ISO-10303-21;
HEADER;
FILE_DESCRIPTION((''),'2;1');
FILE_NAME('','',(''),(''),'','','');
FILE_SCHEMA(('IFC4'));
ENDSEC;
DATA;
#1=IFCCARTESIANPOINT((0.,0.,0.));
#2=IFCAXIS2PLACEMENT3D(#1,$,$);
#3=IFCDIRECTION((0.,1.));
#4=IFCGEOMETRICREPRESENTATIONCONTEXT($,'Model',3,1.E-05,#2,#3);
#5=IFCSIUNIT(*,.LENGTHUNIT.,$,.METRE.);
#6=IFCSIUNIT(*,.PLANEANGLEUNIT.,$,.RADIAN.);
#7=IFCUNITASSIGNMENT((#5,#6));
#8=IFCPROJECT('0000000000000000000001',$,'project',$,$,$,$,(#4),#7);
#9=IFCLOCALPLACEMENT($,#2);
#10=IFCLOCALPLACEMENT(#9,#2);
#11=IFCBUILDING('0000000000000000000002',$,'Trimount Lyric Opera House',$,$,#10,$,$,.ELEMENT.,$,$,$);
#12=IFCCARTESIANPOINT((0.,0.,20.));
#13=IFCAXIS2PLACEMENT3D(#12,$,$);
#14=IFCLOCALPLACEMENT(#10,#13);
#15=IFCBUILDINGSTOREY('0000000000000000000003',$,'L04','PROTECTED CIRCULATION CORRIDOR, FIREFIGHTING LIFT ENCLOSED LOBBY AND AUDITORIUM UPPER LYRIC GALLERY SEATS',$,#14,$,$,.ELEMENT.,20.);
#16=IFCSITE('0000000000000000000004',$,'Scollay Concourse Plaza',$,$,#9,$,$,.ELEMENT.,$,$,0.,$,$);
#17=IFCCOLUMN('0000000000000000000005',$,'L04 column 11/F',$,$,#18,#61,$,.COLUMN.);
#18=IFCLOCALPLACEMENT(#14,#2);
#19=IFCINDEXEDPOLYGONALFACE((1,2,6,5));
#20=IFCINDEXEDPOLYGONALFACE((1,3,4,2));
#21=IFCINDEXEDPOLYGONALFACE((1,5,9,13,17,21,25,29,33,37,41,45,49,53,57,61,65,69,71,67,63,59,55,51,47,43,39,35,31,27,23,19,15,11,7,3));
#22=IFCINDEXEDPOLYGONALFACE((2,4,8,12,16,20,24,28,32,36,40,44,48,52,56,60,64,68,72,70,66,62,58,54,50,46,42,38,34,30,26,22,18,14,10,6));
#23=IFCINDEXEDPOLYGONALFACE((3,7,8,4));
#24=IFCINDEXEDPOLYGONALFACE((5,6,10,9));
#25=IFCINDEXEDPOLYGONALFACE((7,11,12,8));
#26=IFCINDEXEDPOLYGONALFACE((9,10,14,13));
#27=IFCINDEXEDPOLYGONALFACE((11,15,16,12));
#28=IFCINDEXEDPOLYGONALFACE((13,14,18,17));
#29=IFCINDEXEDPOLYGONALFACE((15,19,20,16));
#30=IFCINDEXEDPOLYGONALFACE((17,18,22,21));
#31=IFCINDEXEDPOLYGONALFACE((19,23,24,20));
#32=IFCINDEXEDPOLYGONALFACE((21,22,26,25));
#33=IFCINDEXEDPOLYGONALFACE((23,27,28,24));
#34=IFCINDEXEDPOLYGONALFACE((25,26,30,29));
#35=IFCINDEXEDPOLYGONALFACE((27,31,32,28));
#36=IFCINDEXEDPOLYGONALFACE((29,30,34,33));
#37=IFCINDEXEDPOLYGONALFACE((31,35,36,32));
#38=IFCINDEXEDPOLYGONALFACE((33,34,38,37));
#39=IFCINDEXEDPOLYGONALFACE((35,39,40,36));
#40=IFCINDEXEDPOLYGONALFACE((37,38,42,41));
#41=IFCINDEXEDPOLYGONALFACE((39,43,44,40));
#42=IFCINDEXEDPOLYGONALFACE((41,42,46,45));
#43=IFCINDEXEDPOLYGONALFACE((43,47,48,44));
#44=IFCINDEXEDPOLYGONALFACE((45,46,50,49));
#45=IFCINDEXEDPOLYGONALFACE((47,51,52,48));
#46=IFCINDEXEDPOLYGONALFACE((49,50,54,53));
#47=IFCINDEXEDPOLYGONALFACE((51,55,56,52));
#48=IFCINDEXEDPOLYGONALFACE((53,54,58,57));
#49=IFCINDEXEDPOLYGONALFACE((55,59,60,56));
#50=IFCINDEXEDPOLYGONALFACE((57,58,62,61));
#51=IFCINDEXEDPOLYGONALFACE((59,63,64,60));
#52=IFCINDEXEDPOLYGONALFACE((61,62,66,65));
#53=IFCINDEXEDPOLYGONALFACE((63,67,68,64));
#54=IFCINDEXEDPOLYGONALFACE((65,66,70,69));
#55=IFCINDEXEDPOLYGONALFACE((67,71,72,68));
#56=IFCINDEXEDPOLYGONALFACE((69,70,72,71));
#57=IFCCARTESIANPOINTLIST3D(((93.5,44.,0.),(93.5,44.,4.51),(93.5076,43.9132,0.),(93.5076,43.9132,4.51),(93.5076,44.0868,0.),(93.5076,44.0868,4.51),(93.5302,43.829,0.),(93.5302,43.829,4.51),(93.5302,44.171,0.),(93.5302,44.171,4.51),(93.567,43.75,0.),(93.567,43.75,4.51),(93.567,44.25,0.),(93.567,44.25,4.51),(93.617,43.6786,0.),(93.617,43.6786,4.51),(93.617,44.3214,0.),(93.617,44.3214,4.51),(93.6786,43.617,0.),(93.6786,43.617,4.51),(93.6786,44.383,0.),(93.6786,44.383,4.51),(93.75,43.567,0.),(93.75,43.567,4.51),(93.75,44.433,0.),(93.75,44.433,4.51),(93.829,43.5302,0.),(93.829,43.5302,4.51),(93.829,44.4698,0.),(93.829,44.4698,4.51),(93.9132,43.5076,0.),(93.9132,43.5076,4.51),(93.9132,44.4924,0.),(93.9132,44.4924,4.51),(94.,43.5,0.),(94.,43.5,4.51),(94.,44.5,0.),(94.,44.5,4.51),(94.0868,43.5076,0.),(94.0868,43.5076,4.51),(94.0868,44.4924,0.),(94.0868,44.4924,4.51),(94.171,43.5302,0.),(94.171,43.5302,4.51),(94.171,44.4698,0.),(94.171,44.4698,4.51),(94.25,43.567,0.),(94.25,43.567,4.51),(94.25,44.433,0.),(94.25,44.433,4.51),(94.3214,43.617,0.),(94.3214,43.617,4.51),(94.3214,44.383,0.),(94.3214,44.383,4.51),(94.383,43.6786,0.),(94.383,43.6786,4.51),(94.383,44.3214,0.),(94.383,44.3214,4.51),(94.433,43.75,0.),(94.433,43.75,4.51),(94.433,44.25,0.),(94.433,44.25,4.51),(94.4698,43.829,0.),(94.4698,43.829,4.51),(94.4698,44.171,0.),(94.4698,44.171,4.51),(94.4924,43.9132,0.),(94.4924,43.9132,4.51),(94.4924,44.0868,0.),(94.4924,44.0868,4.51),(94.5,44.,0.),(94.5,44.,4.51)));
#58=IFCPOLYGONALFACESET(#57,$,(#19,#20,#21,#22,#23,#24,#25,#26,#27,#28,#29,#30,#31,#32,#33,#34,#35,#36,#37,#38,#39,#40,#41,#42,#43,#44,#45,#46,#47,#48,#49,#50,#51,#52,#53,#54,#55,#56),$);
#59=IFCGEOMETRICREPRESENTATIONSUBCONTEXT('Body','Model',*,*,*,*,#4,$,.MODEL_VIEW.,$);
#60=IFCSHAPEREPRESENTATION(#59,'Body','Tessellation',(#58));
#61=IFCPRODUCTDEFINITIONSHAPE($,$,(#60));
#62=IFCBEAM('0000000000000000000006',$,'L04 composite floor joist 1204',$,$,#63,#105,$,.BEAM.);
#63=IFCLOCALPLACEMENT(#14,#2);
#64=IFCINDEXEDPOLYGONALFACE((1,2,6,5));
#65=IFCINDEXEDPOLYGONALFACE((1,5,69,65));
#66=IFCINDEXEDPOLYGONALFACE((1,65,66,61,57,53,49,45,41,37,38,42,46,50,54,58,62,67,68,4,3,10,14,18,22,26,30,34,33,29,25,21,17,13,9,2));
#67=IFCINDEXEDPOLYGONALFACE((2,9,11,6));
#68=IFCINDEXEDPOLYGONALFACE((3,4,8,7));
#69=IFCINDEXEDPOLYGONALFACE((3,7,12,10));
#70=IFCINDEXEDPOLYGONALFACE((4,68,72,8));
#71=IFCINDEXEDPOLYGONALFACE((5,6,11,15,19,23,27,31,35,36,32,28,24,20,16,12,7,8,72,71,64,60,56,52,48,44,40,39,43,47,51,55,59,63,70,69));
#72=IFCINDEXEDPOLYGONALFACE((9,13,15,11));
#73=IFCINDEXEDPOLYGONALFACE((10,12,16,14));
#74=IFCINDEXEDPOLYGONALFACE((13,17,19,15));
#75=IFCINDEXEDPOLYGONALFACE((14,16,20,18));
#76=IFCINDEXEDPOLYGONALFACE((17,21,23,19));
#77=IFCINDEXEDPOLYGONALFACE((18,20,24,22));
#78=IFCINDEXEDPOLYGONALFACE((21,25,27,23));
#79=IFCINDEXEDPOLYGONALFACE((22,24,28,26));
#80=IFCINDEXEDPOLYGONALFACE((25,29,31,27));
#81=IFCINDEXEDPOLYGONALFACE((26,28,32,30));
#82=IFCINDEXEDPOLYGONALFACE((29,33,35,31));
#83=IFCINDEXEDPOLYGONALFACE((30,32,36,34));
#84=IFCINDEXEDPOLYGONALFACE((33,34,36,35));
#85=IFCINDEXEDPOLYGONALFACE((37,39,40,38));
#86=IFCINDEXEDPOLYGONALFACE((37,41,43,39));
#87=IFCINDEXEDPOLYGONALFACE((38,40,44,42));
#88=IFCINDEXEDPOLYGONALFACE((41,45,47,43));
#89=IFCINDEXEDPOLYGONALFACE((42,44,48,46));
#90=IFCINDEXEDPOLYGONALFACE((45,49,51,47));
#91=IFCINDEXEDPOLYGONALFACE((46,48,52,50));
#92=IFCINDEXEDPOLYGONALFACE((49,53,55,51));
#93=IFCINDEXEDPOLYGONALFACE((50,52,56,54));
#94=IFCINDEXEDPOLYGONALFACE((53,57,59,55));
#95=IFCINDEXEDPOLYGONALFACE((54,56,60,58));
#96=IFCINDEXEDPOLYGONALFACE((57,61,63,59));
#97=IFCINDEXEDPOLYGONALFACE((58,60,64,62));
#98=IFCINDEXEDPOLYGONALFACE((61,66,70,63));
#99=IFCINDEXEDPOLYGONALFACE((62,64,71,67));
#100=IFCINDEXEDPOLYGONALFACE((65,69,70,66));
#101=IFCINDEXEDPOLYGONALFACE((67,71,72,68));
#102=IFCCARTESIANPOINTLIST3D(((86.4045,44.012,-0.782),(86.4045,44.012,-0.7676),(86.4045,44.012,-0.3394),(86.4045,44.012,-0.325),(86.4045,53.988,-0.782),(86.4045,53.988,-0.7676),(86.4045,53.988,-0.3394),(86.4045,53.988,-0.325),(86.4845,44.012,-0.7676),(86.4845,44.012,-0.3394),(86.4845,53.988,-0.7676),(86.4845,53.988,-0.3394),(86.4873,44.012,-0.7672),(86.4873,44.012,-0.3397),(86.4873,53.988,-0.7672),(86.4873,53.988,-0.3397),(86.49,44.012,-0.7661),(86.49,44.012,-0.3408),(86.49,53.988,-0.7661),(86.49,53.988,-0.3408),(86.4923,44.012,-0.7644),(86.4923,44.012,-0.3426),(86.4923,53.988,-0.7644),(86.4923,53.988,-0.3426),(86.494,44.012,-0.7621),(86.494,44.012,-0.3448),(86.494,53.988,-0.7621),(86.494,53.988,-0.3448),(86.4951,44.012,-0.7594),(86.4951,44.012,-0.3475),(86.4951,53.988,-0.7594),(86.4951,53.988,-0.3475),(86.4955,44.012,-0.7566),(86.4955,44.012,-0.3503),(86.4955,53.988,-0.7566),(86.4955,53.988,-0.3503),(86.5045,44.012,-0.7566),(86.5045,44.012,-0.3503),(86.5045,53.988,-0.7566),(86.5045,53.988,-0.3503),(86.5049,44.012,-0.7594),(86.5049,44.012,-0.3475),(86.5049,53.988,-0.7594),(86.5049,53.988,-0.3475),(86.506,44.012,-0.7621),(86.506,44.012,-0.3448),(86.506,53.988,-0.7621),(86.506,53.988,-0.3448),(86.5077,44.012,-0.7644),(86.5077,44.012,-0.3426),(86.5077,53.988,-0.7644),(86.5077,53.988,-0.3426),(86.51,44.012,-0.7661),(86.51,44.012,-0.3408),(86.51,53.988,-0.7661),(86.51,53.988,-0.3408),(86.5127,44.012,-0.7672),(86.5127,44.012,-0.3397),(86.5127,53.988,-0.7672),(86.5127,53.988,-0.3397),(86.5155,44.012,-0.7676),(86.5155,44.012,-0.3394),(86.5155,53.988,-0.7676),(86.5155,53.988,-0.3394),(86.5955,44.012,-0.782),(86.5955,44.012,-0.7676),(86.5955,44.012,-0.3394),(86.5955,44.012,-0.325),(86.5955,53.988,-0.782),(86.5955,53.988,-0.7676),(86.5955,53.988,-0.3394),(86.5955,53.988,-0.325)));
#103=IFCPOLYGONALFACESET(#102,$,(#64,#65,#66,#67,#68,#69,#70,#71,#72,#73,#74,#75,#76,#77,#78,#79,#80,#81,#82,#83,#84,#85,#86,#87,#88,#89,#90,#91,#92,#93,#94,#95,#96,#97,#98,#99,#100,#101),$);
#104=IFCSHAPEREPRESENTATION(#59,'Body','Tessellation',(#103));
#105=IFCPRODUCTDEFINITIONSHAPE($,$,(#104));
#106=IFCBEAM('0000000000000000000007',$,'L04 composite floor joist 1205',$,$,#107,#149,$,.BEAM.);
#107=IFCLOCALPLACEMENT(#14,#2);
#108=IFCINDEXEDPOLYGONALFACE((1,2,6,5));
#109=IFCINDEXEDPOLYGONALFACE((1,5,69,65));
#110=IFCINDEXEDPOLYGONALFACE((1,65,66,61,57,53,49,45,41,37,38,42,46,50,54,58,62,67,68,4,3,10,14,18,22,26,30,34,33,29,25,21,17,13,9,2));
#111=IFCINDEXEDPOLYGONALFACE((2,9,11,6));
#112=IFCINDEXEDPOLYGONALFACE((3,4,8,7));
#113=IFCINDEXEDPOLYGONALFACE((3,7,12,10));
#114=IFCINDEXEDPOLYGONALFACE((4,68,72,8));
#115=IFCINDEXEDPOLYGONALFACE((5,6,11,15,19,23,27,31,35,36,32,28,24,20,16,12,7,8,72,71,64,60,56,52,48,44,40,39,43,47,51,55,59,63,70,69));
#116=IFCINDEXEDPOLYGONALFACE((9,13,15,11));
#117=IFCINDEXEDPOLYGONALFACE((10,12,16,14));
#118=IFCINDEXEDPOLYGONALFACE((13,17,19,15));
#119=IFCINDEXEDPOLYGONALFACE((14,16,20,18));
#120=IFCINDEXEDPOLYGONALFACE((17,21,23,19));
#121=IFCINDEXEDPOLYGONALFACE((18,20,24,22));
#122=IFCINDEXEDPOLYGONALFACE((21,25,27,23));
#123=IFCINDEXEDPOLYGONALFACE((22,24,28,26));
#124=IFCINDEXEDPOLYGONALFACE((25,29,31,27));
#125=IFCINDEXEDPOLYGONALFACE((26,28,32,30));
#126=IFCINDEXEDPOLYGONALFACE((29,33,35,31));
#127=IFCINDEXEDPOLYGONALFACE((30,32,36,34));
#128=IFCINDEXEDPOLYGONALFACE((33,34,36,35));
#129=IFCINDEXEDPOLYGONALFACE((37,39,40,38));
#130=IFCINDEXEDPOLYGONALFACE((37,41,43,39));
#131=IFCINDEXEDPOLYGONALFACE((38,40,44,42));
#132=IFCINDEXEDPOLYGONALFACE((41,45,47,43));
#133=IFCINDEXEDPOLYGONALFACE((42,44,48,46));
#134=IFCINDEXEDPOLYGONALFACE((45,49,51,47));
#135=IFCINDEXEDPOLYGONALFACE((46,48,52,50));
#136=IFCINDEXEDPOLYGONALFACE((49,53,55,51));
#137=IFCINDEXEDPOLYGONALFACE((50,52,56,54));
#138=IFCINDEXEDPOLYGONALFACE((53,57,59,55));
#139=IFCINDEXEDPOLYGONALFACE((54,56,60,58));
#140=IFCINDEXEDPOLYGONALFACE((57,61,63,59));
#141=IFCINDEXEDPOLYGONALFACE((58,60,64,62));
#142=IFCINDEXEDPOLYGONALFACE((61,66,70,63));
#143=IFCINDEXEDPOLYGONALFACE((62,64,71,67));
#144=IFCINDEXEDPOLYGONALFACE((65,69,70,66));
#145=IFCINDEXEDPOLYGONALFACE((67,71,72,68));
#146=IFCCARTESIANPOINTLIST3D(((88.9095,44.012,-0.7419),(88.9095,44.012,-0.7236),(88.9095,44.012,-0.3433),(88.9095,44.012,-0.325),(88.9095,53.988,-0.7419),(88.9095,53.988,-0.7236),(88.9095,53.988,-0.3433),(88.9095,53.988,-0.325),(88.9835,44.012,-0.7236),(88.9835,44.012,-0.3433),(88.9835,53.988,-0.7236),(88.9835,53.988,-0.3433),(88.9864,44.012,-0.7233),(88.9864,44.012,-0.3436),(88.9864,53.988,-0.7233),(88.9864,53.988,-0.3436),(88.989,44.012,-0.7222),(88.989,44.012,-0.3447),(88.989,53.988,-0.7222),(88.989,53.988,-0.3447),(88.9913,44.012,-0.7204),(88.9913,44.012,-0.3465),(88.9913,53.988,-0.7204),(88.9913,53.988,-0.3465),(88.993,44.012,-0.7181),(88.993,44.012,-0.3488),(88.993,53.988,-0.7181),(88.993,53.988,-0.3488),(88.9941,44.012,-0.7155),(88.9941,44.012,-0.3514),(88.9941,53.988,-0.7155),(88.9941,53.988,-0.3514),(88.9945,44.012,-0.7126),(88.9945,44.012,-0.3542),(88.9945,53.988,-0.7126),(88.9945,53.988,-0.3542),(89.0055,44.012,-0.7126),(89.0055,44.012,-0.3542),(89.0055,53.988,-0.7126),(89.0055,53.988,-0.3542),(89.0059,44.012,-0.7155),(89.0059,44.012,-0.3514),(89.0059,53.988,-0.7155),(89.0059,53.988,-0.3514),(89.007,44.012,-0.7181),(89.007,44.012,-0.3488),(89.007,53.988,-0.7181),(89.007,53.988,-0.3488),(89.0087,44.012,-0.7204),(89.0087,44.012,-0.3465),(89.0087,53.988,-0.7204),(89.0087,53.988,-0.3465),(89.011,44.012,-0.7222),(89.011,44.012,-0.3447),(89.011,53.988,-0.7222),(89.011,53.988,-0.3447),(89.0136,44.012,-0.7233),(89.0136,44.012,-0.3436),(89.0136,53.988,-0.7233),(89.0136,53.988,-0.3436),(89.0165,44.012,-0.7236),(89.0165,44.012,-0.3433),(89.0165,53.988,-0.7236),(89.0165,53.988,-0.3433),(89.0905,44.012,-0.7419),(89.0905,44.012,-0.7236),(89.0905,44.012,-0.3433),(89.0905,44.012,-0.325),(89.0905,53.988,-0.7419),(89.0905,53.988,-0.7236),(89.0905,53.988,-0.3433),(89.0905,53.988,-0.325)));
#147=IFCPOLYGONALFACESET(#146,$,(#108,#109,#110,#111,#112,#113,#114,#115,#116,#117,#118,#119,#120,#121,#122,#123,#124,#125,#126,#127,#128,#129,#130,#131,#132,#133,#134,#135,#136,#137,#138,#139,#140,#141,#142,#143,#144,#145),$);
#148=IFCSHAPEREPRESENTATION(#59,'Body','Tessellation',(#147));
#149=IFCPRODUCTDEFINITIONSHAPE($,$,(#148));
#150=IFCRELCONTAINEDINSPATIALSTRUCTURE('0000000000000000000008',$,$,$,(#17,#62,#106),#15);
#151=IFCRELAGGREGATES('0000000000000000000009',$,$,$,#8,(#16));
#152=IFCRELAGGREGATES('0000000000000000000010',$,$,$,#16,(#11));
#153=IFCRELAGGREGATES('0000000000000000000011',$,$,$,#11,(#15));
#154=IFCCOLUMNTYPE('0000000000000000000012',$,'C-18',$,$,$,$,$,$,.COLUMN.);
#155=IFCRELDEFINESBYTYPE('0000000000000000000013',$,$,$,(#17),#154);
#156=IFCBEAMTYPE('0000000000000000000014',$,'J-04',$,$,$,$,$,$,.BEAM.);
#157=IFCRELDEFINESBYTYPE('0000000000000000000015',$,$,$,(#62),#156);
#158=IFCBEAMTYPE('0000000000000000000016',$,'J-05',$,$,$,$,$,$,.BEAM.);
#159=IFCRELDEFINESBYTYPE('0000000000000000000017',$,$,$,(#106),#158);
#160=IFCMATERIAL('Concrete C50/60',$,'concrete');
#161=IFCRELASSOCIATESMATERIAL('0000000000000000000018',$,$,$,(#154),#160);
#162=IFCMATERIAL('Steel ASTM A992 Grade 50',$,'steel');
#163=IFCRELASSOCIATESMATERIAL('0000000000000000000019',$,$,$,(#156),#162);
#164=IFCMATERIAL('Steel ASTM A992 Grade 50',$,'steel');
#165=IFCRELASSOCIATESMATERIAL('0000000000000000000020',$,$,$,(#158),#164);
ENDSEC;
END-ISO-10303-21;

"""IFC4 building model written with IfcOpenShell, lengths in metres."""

from ifc_helpers import new_model, si_unit, direction, frame, origin, origin_2d, place, context, subcontext, project, spatial, circle, i_section, extrude, material, material_profile, profile_set, type_object, element, save


model = new_model("IFC4")

# Units and contexts
model_context = context("Model", 3, precision=1e-05, world=origin(), true_north=direction((0.0, 1.0)))
body_context = subcontext(model_context, "Body", "Model", "MODEL_VIEW")
ifc_project = project(units=[si_unit("LENGTHUNIT", "METRE"), si_unit("PLANEANGLEUNIT", "RADIAN")], contexts=[model_context])

# Site, building, storey
site_placement = place(None, origin())
site = spatial("IfcSite", under=ifc_project, at=site_placement, Name="Scollay Concourse Plaza", CompositionType="ELEMENT", RefElevation=0.0)
building_placement = place(site_placement, origin())
building = spatial("IfcBuilding", under=site, at=building_placement, Name="Trimount Lyric Opera House", CompositionType="ELEMENT")
storey_placement = place(building_placement, frame((0.0, 0.0, 20.0)))
storey = spatial("IfcBuildingStorey", under=building, at=storey_placement, Name="L04", Description="PROTECTED CIRCULATION CORRIDOR, FIREFIGHTING LIFT ENCLOSED LOBBY AND AUDITORIUM UPPER LYRIC GALLERY SEATS", CompositionType="ELEMENT", Elevation=20.0)

# Column
ifc_material_1 = material(Name="Concrete C50/60", Category="concrete")
ifc_material_profile_1 = material_profile(ifc_material_1, circle(Radius=0.5, at=origin_2d()), Name="RC-D1000")
ifc_profile_set_1 = profile_set([ifc_material_profile_1], Name="Concrete C50/60")
column_type = type_object("IfcColumnType", Name="C-18", PredefinedType="COLUMN", material=ifc_profile_set_1)
column_placement = place(storey_placement, frame((94.0, 44.0, 0.0), z_axis=(0.0, 0.0, 1.0), x_axis=(1.0, 0.0, 0.0)))
element("IfcColumn", 1, at=column_placement, inside=storey, type_object=column_type, Name="L04 column 11/F", PredefinedType="COLUMN", context=body_context, shape_type="SweptSolid", body=[
    extrude(circle(Radius=0.5, at=origin_2d()), origin(), (0.0, 0.0, 1.0), 4.51),
])

# Beams
ifc_material_2 = material(Name="Steel ASTM A992 Grade 50", Category="steel")
ifc_material_profile_2 = material_profile(ifc_material_2, i_section(OverallWidth=0.1909, OverallDepth=0.457, WebThickness=0.009, FlangeThickness=0.0144, FilletRadius=0.011, at=origin_2d()), Name="W18X50")
ifc_profile_set_2 = profile_set([ifc_material_profile_2], Name="Steel ASTM A992 Grade 50")
beam_type_1 = type_object("IfcBeamType", Name="J-04", PredefinedType="BEAM", material=ifc_profile_set_2)
beam_1_placement = place(storey_placement, frame((86.5, 44.012, -0.5535), z_axis=(0.0, 1.0, 0.0), x_axis=(-1.0, 0.0, 0.0)))
element("IfcBeam", 2, at=beam_1_placement, inside=storey, type_object=beam_type_1, Name="L04 composite floor joist 1204", PredefinedType="BEAM", context=body_context, shape_type="SweptSolid", body=[
    extrude(i_section(OverallWidth=0.1909, OverallDepth=0.457, WebThickness=0.009, FlangeThickness=0.0144, FilletRadius=0.011, at=origin_2d()), origin(), (0.0, 0.0, 1.0), 9.9761),
])
ifc_material_3 = material(Name="Steel ASTM A992 Grade 50", Category="steel")
ifc_material_profile_3 = material_profile(ifc_material_3, i_section(OverallWidth=0.1809, OverallDepth=0.417, WebThickness=0.011, FlangeThickness=0.0183, FilletRadius=0.011, at=origin_2d()), Name="W16X57")
ifc_profile_set_3 = profile_set([ifc_material_profile_3], Name="Steel ASTM A992 Grade 50")
beam_type_2 = type_object("IfcBeamType", Name="J-05", PredefinedType="BEAM", material=ifc_profile_set_3)
beam_2_placement = place(storey_placement, frame((89.0, 44.012, -0.5334), z_axis=(0.0, 1.0, 0.0), x_axis=(-1.0, 0.0, 0.0)))
element("IfcBeam", 3, at=beam_2_placement, inside=storey, type_object=beam_type_2, Name="L04 composite floor joist 1205", PredefinedType="BEAM", context=body_context, shape_type="SweptSolid", body=[
    extrude(i_section(OverallWidth=0.1809, OverallDepth=0.417, WebThickness=0.011, FlangeThickness=0.0183, FilletRadius=0.011, at=origin_2d()), origin(), (0.0, 0.0, 1.0), 9.9761),
])

save(model, "model.ifc")
